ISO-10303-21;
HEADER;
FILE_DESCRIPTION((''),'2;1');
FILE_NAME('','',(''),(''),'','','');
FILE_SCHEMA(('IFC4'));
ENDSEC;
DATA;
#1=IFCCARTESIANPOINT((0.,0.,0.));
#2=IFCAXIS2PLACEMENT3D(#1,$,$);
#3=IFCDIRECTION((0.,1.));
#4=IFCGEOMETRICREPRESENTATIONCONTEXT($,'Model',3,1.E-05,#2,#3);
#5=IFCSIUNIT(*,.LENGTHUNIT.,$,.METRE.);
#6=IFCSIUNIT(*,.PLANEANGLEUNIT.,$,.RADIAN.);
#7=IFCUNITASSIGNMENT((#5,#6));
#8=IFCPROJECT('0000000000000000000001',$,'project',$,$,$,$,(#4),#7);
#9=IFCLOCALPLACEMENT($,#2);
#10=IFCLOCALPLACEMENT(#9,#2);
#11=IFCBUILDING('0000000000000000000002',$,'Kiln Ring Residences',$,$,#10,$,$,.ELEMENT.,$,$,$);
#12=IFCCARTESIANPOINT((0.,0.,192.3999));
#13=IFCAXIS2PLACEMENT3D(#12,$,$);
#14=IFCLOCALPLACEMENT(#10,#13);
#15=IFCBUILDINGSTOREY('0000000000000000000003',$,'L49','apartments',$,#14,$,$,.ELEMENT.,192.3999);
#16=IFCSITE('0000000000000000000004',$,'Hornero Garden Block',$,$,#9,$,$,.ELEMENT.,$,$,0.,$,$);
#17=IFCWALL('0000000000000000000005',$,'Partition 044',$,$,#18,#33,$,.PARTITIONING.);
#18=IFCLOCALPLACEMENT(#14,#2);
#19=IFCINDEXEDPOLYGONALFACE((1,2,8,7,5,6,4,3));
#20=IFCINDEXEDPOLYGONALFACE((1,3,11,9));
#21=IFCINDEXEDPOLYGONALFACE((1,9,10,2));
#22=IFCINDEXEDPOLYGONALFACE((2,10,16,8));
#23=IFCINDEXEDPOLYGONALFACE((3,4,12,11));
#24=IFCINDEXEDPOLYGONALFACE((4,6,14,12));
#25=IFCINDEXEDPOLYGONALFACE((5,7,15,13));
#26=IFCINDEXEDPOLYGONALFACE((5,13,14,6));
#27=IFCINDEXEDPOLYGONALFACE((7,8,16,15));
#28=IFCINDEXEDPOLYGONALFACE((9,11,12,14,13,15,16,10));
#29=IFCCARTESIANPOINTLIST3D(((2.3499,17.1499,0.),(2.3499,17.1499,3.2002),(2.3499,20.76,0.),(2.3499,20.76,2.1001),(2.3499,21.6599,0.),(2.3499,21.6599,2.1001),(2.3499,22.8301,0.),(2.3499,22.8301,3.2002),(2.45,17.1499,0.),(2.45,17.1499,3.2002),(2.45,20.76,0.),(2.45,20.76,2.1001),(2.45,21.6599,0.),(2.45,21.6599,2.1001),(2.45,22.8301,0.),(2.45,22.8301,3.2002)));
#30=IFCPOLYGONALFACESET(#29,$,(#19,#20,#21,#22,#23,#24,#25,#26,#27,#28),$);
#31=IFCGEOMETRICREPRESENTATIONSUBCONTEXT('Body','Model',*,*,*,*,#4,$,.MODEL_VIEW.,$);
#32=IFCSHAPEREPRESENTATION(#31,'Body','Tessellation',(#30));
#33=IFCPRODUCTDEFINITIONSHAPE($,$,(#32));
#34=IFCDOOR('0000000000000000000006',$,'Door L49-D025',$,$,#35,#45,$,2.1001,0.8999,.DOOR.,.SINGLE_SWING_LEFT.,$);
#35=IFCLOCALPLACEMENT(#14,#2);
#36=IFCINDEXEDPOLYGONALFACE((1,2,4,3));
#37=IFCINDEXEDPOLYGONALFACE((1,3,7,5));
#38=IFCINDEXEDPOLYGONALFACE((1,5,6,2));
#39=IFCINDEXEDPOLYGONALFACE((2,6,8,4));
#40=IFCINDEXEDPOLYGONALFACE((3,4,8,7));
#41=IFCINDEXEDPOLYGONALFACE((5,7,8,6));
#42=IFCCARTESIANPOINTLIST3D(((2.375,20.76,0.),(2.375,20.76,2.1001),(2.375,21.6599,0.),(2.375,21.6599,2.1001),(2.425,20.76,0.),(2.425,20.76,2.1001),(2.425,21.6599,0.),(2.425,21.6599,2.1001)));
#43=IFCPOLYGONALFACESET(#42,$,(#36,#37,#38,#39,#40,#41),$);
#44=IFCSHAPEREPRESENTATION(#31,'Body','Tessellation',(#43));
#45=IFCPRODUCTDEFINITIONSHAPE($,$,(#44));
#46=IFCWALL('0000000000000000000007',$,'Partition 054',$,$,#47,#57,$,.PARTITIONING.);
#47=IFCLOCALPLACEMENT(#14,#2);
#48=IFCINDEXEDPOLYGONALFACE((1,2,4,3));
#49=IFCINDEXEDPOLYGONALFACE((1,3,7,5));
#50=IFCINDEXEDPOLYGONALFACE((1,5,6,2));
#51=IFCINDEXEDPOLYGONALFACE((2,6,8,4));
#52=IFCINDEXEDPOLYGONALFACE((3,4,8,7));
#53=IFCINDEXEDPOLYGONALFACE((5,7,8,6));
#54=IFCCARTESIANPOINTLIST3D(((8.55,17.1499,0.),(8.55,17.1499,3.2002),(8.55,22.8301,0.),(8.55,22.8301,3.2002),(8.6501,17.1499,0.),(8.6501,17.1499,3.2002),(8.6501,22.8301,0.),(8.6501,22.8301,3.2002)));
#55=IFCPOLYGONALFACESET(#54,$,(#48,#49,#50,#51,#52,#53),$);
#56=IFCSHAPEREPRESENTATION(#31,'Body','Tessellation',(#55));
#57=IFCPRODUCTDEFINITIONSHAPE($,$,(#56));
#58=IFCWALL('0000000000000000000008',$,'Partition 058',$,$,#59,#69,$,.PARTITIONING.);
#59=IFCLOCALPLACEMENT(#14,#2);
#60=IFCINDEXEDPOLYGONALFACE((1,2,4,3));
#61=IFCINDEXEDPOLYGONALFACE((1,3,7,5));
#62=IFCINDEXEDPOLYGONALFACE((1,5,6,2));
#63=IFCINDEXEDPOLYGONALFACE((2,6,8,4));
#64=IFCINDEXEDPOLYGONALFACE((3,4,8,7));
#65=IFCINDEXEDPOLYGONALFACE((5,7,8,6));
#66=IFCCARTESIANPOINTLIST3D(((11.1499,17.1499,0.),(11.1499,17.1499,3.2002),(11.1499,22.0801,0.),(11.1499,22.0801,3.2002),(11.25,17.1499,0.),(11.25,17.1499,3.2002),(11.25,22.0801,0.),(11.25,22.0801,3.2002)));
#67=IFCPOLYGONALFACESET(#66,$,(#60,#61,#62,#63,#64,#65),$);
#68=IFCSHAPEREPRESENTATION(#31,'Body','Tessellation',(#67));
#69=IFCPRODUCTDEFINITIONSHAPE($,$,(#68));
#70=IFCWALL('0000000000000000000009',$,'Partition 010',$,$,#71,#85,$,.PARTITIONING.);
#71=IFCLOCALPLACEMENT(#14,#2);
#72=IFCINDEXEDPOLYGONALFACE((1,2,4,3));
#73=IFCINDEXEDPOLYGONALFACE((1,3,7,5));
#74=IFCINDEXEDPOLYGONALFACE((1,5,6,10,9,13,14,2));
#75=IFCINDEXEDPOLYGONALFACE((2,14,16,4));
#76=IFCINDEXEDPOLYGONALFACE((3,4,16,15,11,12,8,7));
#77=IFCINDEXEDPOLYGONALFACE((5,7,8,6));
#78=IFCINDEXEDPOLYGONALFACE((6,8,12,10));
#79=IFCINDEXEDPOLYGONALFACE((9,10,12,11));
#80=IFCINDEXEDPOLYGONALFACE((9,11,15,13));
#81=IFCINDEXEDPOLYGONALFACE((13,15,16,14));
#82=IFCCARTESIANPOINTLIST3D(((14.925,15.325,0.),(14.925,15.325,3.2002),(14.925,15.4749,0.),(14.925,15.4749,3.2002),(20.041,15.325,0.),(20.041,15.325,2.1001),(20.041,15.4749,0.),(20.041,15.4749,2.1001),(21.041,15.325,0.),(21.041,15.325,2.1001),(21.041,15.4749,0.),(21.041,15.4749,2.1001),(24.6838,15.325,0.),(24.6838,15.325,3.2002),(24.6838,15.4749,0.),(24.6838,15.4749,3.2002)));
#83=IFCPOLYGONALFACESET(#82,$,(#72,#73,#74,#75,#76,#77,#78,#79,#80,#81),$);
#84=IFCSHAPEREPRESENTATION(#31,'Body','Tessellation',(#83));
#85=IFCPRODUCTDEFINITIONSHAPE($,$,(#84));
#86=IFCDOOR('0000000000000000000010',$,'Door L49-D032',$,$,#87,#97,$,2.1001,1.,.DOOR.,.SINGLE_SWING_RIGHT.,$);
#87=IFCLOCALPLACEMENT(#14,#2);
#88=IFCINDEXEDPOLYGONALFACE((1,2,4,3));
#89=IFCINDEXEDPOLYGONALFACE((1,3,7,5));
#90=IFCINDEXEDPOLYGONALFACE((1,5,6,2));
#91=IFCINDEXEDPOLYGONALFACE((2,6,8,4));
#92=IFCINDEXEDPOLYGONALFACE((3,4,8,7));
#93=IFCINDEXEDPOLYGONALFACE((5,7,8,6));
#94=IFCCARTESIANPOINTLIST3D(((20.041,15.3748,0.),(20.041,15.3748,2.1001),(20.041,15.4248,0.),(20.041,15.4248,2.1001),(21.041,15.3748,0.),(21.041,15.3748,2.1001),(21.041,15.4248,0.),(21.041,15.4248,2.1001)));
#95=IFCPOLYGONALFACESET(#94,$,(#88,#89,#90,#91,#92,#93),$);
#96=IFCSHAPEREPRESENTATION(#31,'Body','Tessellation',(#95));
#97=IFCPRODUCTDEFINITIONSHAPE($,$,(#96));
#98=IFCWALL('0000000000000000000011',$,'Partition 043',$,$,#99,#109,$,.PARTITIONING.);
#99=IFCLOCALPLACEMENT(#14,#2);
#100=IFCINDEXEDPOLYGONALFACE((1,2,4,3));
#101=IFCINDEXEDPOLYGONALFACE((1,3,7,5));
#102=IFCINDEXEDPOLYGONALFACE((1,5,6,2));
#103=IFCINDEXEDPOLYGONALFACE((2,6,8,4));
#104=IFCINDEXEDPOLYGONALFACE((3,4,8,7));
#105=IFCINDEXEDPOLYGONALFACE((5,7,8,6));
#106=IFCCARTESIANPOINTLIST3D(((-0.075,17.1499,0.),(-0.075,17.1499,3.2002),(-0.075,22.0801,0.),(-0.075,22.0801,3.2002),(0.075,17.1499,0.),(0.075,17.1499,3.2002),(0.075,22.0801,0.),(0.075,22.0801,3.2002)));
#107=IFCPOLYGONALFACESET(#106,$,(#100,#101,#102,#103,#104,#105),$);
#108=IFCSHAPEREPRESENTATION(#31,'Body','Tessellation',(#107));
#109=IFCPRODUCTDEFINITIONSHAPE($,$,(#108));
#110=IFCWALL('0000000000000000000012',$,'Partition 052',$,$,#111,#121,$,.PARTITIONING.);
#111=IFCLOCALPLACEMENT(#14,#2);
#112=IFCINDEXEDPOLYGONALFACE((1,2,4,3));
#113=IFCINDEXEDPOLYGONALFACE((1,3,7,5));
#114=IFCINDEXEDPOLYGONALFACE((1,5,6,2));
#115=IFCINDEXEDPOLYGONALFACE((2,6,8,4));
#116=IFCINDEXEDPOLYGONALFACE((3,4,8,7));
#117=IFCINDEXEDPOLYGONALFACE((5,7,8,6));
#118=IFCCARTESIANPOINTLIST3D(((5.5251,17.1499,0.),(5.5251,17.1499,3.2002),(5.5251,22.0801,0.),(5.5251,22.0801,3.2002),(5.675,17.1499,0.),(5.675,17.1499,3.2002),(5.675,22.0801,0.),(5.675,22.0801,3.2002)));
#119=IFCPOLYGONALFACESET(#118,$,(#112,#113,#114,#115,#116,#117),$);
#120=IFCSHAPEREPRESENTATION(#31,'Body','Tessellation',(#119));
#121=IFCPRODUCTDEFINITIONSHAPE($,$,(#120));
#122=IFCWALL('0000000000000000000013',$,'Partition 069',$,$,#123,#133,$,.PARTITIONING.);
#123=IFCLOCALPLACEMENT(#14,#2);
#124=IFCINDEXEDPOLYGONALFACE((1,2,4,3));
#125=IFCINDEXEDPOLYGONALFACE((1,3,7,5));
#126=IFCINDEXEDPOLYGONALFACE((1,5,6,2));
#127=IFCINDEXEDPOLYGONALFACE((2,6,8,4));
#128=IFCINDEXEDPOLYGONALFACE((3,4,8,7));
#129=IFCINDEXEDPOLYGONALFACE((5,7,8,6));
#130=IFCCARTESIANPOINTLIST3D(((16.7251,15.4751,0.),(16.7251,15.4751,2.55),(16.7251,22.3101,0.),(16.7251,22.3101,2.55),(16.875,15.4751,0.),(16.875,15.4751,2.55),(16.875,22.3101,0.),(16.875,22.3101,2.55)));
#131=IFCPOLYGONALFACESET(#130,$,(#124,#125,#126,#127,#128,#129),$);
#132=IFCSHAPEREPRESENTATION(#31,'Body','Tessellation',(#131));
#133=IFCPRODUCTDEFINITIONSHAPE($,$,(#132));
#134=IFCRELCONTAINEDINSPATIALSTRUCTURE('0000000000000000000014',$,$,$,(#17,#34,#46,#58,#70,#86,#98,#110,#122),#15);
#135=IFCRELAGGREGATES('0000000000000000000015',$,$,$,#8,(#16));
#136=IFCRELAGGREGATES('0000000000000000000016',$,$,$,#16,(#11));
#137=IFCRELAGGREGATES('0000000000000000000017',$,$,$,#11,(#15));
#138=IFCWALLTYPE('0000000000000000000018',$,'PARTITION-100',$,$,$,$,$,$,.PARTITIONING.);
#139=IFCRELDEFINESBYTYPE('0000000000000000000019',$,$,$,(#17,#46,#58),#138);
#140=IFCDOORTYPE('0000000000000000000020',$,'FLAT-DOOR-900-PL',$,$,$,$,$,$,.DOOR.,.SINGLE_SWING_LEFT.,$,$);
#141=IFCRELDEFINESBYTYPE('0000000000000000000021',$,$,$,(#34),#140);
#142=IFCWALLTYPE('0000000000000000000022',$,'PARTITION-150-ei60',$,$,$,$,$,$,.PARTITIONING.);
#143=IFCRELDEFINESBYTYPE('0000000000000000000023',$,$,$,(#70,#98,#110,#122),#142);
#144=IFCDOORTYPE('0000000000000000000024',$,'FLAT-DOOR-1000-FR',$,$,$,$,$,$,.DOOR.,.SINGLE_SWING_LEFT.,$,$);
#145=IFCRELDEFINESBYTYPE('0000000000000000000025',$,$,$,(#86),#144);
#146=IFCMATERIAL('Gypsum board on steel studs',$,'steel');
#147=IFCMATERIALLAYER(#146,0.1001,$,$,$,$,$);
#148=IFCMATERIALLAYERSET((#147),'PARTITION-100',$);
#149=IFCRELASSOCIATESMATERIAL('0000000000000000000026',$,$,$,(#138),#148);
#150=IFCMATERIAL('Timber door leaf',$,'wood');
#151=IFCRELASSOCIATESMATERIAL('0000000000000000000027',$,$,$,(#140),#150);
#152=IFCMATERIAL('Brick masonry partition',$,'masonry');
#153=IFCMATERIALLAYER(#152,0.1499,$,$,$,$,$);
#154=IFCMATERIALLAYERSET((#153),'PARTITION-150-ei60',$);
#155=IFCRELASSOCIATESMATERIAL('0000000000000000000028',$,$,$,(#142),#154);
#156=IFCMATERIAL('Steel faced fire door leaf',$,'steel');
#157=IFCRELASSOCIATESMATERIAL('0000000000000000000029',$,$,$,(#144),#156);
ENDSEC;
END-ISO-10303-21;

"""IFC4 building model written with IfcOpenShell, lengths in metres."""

from ifc_helpers import new_model, si_unit, direction, frame, frame_2d, origin, place, context, subcontext, project, spatial, rectangle, extrude, material, layer, layer_set, type_object, element, fill, save


model = new_model("IFC4")

# Units and contexts
model_context = context("Model", 3, precision=1e-05, world=origin(), true_north=direction((0.0, 1.0)))
body_context = subcontext(model_context, "Body", "Model", "MODEL_VIEW")
ifc_project = project(units=[si_unit("LENGTHUNIT", "METRE"), si_unit("PLANEANGLEUNIT", "RADIAN")], contexts=[model_context])

# Site, building, storey
site_placement = place(None, origin())
site = spatial("IfcSite", under=ifc_project, at=site_placement, Name="Hornero Garden Block", CompositionType="ELEMENT", RefElevation=0.0)
building_placement = place(site_placement, origin())
building = spatial("IfcBuilding", under=site, at=building_placement, Name="Kiln Ring Residences", CompositionType="ELEMENT")
storey_placement = place(building_placement, frame((0.0, 0.0, 192.3999)))
storey = spatial("IfcBuildingStorey", under=building, at=storey_placement, Name="L49", Description="apartments", CompositionType="ELEMENT", Elevation=192.3999)

# Wall, opening, door
ifc_material_1 = material(Name="Gypsum board on steel studs", Category="steel")
ifc_layer_1 = layer(ifc_material_1, 0.1001)
ifc_layer_set_1 = layer_set([ifc_layer_1], Name="PARTITION-100")
wall_type_1 = type_object("IfcWallType", Name="PARTITION-100", PredefinedType="PARTITIONING", material=ifc_layer_set_1)
wall_1_placement = place(storey_placement, frame((2.3999, 17.1499, 0.0), z_axis=(0.0, 0.0, 1.0), x_axis=(0.0, 1.0, 0.0)))
wall_1 = element("IfcWall", 1, at=wall_1_placement, inside=storey, type_object=wall_type_1, Name="Partition 044", PredefinedType="PARTITIONING", context=body_context, shape_type="SweptSolid", body=[
    extrude(rectangle(XDim=5.6802, YDim=0.1001, at=frame_2d((2.8401, 0.0))), origin(), (0.0, 0.0, 1.0), 3.2002),
])
opening_1_placement = place(wall_1_placement, frame((3.6101, 0.0, 0.0)))
opening_1 = element("IfcOpeningElement", 2, at=opening_1_placement, cuts=wall_1, PredefinedType="OPENING", context=body_context, shape_type="SweptSolid", body=[
    extrude(rectangle(XDim=0.8999, YDim=2.1001, at=frame_2d((0.45, 1.05))), frame((0.0, 0.0601, 0.0), z_axis=(0.0, -1.0, 0.0), x_axis=(1.0, 0.0, 0.0)), (0.0, 0.0, 1.0), 0.1201),
])
ifc_material_2 = material(Name="Timber door leaf", Category="wood")
door_type_1 = type_object("IfcDoorType", Name="FLAT-DOOR-900-PL", OperationType="SINGLE_SWING_LEFT", PredefinedType="DOOR", material=ifc_material_2)
door_1_placement = place(opening_1_placement, origin())
door_1 = element("IfcDoor", 3, at=door_1_placement, inside=storey, type_object=door_type_1, Name="Door L49-D025", OperationType="SINGLE_SWING_LEFT", OverallHeight=2.1001, OverallWidth=0.8999, PredefinedType="DOOR", context=body_context, shape_type="SweptSolid", body=[
    extrude(rectangle(XDim=0.8999, YDim=2.1001, at=frame_2d((0.45, 1.05))), frame((0.0, 0.0249, 0.0), z_axis=(0.0, -1.0, 0.0), x_axis=(1.0, 0.0, 0.0)), (0.0, 0.0, 1.0), 0.05),
])
fill(opening_1, door_1)

# Walls
wall_2_placement = place(storey_placement, frame((8.6001, 17.1499, 0.0), z_axis=(0.0, 0.0, 1.0), x_axis=(0.0, 1.0, 0.0)))
element("IfcWall", 4, at=wall_2_placement, inside=storey, type_object=wall_type_1, Name="Partition 054", PredefinedType="PARTITIONING", context=body_context, shape_type="SweptSolid", body=[
    extrude(rectangle(XDim=5.6802, YDim=0.1001, at=frame_2d((2.8401, 0.0))), origin(), (0.0, 0.0, 1.0), 3.2002),
])
wall_3_placement = place(storey_placement, frame((11.2, 17.1499, 0.0), z_axis=(0.0, 0.0, 1.0), x_axis=(0.0, 1.0, 0.0)))
element("IfcWall", 5, at=wall_3_placement, inside=storey, type_object=wall_type_1, Name="Partition 058", PredefinedType="PARTITIONING", context=body_context, shape_type="SweptSolid", body=[
    extrude(rectangle(XDim=4.9302, YDim=0.1001, at=frame_2d((2.4651, 0.0))), origin(), (0.0, 0.0, 1.0), 3.2002),
])

# Wall, opening, door
ifc_material_3 = material(Name="Brick masonry partition", Category="masonry")
ifc_layer_2 = layer(ifc_material_3, 0.1499)
ifc_layer_set_2 = layer_set([ifc_layer_2], Name="PARTITION-150-ei60")
wall_type_2 = type_object("IfcWallType", Name="PARTITION-150-ei60", PredefinedType="PARTITIONING", material=ifc_layer_set_2)
wall_4_placement = place(storey_placement, frame((14.925, 15.3999, 0.0), z_axis=(0.0, 0.0, 1.0), x_axis=(1.0, 0.0, 0.0)))
wall_4 = element("IfcWall", 6, at=wall_4_placement, inside=storey, type_object=wall_type_2, Name="Partition 010", PredefinedType="PARTITIONING", context=body_context, shape_type="SweptSolid", body=[
    extrude(rectangle(XDim=9.7588, YDim=0.1499, at=frame_2d((4.8794, 0.0))), origin(), (0.0, 0.0, 1.0), 3.2002),
])
opening_2_placement = place(wall_4_placement, frame((5.116, 0.0, 0.0)))
opening_2 = element("IfcOpeningElement", 7, at=opening_2_placement, cuts=wall_4, PredefinedType="OPENING", context=body_context, shape_type="SweptSolid", body=[
    extrude(rectangle(XDim=1.0, YDim=2.1001, at=frame_2d((0.5, 1.05))), frame((0.0, 0.085, 0.0), z_axis=(0.0, -1.0, 0.0), x_axis=(1.0, 0.0, 0.0)), (0.0, 0.0, 1.0), 0.1699),
])
ifc_material_4 = material(Name="Steel faced fire door leaf", Category="steel")
door_type_2 = type_object("IfcDoorType", Name="FLAT-DOOR-1000-FR", OperationType="SINGLE_SWING_LEFT", PredefinedType="DOOR", material=ifc_material_4)
door_2_placement = place(opening_2_placement, origin())
door_2 = element("IfcDoor", 8, at=door_2_placement, inside=storey, type_object=door_type_2, Name="Door L49-D032", OperationType="SINGLE_SWING_RIGHT", OverallHeight=2.1001, OverallWidth=1.0, PredefinedType="DOOR", context=body_context, shape_type="SweptSolid", body=[
    extrude(rectangle(XDim=1.0, YDim=2.1001, at=frame_2d((0.5, 1.05))), frame((0.0, 0.0249, 0.0), z_axis=(0.0, -1.0, 0.0), x_axis=(1.0, 0.0, 0.0)), (0.0, 0.0, 1.0), 0.05),
])
fill(opening_2, door_2)

# Walls
for number, where, z_axis, x_axis, name in (
    (9, (0.0, 17.1499, 0.0), (0.0, 0.0, 1.0), (0.0, 1.0, 0.0), "Partition 043"),
    (10, (5.6001, 17.1499, 0.0), (0.0, 0.0, 1.0), (0.0, 1.0, 0.0), "Partition 052"),
):
    element("IfcWall", number, at=place(storey_placement, frame(where, z_axis=z_axis, x_axis=x_axis)), inside=storey, type_object=wall_type_2, Name=name, PredefinedType="PARTITIONING", context=body_context, shape_type="SweptSolid", body=[
        extrude(rectangle(XDim=4.9302, YDim=0.1499, at=frame_2d((2.4651, 0.0))), origin(), (0.0, 0.0, 1.0), 3.2002),
    ])
wall_5_placement = place(storey_placement, frame((16.8, 15.4751, 0.0), z_axis=(0.0, 0.0, 1.0), x_axis=(0.0, 1.0, 0.0)))
element("IfcWall", 11, at=wall_5_placement, inside=storey, type_object=wall_type_2, Name="Partition 069", PredefinedType="PARTITIONING", context=body_context, shape_type="SweptSolid", body=[
    extrude(rectangle(XDim=6.835, YDim=0.1499, at=frame_2d((3.4175, 0.0))), origin(), (0.0, 0.0, 1.0), 2.55),
])

save(model, "model.ifc")
